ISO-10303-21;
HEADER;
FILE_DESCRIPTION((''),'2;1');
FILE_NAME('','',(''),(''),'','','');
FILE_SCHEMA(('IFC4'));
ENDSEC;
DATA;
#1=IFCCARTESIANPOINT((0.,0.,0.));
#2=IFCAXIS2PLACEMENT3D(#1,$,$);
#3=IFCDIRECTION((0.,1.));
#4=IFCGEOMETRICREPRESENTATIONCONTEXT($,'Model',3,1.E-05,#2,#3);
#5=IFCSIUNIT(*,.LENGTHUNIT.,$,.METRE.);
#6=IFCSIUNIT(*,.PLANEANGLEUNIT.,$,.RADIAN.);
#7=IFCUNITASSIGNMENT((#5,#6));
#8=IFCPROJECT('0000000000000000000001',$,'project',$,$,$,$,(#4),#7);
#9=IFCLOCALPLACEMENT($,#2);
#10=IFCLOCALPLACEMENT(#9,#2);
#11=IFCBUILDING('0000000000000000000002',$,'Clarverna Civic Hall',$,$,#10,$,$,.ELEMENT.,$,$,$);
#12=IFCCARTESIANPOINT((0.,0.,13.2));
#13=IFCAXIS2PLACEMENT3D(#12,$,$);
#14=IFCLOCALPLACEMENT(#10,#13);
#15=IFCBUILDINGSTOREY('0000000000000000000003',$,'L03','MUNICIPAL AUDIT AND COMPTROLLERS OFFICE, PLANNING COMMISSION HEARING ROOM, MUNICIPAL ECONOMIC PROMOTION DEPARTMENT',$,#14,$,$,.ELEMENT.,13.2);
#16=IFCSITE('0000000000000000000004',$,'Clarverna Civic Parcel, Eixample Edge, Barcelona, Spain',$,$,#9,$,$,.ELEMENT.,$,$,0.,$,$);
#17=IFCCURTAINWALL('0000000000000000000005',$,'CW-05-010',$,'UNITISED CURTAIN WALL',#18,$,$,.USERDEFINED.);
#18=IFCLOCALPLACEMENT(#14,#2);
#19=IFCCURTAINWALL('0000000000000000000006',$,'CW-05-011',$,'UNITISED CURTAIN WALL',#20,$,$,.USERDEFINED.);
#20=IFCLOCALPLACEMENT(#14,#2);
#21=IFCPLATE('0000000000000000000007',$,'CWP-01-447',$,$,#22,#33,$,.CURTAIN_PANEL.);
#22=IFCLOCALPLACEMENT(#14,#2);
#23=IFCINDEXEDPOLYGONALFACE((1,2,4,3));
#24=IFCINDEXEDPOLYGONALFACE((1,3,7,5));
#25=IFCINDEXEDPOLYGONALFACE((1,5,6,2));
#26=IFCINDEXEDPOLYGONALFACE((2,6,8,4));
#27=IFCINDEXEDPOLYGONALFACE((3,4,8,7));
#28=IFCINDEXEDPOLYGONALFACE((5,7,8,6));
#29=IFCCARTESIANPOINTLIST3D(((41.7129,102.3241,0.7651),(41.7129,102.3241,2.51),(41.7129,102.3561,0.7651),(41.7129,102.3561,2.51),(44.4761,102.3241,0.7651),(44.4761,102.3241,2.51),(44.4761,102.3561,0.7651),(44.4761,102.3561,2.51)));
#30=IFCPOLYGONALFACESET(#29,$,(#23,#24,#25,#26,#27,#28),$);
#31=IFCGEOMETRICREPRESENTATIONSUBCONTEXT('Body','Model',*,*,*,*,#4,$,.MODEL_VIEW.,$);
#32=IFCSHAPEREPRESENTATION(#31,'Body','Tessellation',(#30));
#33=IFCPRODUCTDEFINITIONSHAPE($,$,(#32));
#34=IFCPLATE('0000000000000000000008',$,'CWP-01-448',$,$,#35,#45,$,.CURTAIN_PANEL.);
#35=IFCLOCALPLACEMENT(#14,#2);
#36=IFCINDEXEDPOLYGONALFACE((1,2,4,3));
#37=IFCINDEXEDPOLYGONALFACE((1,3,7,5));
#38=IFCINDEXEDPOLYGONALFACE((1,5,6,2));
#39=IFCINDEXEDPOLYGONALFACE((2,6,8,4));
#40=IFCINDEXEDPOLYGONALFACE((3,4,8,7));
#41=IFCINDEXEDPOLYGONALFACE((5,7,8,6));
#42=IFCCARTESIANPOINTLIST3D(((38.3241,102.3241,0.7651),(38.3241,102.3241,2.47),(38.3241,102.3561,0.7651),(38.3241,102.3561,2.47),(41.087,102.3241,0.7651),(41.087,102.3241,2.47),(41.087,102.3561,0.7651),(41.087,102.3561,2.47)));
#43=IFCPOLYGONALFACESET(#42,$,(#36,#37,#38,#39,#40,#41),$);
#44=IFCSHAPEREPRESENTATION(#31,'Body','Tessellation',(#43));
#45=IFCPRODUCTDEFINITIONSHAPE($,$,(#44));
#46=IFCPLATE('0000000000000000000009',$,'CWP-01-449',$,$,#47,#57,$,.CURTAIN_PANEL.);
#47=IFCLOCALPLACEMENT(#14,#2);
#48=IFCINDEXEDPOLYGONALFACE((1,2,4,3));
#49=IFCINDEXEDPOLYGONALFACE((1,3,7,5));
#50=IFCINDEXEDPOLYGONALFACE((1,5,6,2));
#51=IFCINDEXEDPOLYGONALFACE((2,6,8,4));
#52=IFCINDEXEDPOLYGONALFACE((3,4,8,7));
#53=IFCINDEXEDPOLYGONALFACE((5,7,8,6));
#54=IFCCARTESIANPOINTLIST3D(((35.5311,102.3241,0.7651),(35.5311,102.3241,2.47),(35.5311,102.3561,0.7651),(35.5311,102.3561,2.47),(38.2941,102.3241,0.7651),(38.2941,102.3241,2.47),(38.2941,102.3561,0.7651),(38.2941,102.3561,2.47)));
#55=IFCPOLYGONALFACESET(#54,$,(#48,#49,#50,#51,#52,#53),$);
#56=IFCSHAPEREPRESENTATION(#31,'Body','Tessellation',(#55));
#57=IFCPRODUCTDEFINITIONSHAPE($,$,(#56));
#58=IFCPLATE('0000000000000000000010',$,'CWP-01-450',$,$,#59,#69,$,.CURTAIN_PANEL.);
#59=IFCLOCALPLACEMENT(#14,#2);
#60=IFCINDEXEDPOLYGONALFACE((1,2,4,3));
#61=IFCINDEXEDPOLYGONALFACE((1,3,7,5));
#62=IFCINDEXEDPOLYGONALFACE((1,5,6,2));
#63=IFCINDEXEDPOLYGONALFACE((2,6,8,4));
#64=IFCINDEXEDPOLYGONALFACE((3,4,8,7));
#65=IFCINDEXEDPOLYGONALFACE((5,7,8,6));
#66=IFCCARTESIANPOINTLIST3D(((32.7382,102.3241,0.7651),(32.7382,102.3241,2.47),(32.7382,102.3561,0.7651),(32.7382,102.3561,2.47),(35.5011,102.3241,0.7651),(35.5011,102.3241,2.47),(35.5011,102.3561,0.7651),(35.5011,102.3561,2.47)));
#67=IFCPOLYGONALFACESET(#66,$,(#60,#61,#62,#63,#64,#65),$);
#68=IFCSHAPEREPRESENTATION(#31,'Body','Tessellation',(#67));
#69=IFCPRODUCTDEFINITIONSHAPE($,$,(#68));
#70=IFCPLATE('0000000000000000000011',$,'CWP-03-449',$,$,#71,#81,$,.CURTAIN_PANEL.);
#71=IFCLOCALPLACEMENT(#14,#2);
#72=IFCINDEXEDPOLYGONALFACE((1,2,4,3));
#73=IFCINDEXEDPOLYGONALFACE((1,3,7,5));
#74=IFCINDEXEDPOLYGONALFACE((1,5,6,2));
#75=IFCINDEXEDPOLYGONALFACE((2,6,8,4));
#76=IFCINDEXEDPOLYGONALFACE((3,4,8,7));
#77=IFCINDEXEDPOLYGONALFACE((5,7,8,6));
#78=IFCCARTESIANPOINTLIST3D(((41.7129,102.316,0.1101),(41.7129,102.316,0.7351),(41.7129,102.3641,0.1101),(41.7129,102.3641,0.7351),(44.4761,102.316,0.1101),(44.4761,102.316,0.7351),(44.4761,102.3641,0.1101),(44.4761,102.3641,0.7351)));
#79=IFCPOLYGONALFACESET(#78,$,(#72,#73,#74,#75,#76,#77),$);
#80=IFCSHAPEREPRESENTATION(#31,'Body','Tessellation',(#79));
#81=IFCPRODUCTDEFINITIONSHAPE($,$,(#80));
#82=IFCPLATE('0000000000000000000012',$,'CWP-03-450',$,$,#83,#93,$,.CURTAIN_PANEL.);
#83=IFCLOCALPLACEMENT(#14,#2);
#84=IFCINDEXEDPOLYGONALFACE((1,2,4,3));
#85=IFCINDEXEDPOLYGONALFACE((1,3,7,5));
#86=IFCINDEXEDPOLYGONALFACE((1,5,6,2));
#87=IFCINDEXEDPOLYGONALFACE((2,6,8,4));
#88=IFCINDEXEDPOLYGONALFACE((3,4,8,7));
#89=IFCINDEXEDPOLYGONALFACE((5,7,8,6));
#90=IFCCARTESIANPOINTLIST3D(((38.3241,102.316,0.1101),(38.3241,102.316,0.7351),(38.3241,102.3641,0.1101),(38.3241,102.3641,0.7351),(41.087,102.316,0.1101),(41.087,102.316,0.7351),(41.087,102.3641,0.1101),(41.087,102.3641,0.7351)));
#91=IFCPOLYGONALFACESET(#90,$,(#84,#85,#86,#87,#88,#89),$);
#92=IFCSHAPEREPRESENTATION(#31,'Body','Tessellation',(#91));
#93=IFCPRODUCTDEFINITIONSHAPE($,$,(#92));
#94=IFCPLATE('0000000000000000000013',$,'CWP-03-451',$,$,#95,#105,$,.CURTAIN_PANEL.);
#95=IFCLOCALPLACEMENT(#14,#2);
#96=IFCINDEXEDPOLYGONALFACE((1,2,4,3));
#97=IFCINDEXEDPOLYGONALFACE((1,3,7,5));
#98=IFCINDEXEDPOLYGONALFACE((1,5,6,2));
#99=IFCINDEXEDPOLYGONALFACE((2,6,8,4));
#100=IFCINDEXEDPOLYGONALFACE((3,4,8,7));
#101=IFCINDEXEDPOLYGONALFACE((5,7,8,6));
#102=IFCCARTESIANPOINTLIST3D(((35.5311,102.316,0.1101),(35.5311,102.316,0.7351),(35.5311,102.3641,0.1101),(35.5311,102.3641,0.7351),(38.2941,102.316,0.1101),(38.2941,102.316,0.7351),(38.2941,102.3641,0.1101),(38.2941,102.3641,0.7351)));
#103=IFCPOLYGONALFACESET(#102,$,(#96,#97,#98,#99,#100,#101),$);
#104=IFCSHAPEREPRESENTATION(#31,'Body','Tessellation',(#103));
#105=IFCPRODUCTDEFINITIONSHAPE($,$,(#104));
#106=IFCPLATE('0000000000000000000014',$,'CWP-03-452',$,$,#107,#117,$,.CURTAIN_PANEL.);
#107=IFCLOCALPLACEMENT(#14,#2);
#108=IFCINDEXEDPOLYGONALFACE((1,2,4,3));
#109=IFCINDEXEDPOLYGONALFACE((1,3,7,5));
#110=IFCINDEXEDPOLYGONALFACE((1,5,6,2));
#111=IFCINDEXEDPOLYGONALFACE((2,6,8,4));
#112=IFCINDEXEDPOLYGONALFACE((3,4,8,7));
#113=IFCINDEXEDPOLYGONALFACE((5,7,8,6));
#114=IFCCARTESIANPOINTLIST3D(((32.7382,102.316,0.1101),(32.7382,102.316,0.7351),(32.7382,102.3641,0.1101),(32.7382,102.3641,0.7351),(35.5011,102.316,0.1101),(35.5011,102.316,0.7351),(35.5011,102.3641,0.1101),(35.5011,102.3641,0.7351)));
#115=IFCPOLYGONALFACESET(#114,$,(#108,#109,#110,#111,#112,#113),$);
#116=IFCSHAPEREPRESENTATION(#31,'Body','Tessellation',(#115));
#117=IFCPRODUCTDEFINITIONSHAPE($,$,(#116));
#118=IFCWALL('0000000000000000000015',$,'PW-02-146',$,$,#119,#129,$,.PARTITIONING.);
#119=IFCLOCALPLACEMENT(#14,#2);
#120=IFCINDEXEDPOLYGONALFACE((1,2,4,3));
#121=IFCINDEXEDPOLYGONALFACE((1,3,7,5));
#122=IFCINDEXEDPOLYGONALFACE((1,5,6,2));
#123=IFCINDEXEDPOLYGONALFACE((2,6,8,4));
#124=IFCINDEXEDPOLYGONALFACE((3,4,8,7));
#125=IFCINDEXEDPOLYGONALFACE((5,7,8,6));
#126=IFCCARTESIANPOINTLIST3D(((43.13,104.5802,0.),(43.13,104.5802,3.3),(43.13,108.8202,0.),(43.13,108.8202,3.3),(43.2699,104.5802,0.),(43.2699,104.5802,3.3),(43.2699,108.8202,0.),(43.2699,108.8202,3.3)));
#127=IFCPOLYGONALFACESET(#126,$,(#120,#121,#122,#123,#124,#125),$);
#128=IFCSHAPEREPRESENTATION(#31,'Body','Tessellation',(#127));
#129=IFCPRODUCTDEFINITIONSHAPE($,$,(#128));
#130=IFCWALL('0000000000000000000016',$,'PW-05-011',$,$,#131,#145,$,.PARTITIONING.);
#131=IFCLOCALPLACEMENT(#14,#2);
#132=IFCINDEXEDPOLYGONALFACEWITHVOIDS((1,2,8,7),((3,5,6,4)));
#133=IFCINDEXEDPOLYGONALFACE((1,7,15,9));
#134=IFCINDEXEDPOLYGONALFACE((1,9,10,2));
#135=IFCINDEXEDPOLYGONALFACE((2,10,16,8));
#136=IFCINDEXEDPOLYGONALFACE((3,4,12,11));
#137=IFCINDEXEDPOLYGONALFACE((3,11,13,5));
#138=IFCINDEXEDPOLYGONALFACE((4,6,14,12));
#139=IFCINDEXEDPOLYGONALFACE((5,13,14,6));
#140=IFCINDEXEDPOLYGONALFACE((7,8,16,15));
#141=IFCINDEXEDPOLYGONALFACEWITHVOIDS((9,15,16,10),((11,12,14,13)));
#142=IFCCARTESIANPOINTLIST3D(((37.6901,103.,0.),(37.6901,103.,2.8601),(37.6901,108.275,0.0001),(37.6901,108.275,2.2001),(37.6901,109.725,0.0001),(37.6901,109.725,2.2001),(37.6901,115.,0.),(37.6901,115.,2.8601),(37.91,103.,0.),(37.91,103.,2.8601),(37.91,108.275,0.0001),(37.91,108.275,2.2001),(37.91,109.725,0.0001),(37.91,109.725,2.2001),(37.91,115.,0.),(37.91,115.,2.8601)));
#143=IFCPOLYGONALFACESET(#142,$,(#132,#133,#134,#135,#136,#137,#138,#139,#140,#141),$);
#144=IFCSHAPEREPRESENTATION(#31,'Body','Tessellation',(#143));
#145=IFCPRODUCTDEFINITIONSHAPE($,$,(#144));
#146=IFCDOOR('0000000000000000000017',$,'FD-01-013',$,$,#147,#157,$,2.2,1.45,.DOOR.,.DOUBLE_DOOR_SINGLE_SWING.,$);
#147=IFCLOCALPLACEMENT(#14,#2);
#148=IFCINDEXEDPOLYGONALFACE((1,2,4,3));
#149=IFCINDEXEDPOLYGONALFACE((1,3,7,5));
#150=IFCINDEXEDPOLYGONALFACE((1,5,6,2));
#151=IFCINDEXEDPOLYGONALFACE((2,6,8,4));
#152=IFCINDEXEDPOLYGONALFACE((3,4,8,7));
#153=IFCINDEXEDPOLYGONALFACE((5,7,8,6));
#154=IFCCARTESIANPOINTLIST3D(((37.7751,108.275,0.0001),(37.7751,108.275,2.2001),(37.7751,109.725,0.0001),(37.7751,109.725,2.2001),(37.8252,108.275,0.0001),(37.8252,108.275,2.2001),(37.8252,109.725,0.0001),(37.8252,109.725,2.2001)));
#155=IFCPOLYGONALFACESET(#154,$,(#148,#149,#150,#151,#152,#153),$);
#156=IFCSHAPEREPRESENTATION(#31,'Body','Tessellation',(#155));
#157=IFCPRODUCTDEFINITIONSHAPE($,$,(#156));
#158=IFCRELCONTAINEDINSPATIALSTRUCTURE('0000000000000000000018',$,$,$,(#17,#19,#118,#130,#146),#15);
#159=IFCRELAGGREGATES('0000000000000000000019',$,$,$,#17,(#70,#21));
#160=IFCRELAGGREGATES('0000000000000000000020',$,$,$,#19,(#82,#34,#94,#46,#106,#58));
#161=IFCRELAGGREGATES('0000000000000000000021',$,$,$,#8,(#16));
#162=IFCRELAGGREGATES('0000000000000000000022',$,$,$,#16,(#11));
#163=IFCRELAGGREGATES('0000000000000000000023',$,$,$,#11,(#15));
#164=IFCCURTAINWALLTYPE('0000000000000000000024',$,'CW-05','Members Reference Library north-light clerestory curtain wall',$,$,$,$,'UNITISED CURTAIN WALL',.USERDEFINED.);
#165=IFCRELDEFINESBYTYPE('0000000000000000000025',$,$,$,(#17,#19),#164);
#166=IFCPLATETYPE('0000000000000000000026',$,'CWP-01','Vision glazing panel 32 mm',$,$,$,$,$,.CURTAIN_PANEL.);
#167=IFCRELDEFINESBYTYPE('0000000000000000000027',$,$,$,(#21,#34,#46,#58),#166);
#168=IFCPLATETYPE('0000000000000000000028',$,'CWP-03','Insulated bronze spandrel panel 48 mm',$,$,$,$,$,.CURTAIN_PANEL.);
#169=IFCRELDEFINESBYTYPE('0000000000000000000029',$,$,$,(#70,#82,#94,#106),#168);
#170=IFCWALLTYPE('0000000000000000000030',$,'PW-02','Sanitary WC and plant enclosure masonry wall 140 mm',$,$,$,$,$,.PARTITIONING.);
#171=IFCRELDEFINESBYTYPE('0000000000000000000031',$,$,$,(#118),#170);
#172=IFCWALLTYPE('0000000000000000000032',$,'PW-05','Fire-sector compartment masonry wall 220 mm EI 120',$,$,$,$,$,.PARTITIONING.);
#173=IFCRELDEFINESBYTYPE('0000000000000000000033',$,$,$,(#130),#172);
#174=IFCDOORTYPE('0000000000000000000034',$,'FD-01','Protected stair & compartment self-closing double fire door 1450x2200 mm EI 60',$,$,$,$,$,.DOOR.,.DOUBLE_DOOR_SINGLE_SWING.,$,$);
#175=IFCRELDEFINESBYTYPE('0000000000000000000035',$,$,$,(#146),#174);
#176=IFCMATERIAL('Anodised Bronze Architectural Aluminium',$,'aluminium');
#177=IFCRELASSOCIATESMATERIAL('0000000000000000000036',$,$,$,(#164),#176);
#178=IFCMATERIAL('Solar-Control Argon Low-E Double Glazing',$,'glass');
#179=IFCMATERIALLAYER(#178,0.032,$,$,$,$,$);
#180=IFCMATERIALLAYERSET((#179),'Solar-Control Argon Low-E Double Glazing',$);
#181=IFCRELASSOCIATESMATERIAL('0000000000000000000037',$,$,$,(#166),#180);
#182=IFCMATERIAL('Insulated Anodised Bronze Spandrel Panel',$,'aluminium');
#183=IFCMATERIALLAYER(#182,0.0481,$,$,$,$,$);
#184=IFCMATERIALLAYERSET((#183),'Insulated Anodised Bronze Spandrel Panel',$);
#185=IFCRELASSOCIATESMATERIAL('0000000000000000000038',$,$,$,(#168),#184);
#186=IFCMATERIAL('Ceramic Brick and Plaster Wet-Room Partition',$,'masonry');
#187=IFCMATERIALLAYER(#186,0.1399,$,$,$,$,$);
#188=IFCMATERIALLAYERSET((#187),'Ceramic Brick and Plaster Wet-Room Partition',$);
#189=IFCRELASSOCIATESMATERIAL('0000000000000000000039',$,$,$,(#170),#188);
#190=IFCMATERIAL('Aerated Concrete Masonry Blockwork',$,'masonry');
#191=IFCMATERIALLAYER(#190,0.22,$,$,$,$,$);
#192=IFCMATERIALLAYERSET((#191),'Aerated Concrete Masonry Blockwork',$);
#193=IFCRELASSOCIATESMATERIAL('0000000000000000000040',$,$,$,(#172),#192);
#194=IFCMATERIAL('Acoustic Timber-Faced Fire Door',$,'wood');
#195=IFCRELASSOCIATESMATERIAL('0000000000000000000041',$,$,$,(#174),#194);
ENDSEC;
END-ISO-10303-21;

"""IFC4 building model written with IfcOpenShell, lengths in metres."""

from ifc_helpers import new_model, si_unit, direction, frame, frame_2d, origin, place, context, subcontext, project, spatial, rectangle, extrude, material, layer, layer_set, type_object, element, fill, aggregate, save


model = new_model("IFC4")

# Units and contexts
model_context = context("Model", 3, precision=1e-05, world=origin(), true_north=direction((0.0, 1.0)))
body_context = subcontext(model_context, "Body", "Model", "MODEL_VIEW")
ifc_project = project(units=[si_unit("LENGTHUNIT", "METRE"), si_unit("PLANEANGLEUNIT", "RADIAN")], contexts=[model_context])

# Site, building, storey
site_placement = place(None, origin())
site = spatial("IfcSite", under=ifc_project, at=site_placement, Name="Clarverna Civic Parcel, Eixample Edge, Barcelona, Spain", CompositionType="ELEMENT", RefElevation=0.0)
building_placement = place(site_placement, origin())
building = spatial("IfcBuilding", under=site, at=building_placement, Name="Clarverna Civic Hall", CompositionType="ELEMENT")
storey_placement = place(building_placement, frame((0.0, 0.0, 13.2)))
storey = spatial("IfcBuildingStorey", under=building, at=storey_placement, Name="L03", Description="MUNICIPAL AUDIT AND COMPTROLLERS OFFICE, PLANNING COMMISSION HEARING ROOM, MUNICIPAL ECONOMIC PROMOTION DEPARTMENT", CompositionType="ELEMENT", Elevation=13.2)

# Curtain walls
ifc_material_1 = material(Name="Anodised Bronze Architectural Aluminium", Category="aluminium")
curtain_wall_type = type_object("IfcCurtainWallType", Name="CW-05", Description="Members Reference Library north-light clerestory curtain wall", ElementType="UNITISED CURTAIN WALL", PredefinedType="USERDEFINED", material=ifc_material_1)
curtain_wall_1_placement = place(storey_placement, origin())
curtain_wall_1 = element("IfcCurtainWall", 1, at=curtain_wall_1_placement, inside=storey, type_object=curtain_wall_type, Name="CW-05-010", ObjectType="UNITISED CURTAIN WALL", PredefinedType="USERDEFINED")
curtain_wall_2_placement = place(storey_placement, origin())
curtain_wall_2 = element("IfcCurtainWall", 2, at=curtain_wall_2_placement, inside=storey, type_object=curtain_wall_type, Name="CW-05-011", ObjectType="UNITISED CURTAIN WALL", PredefinedType="USERDEFINED")

# Plates
ifc_material_2 = material(Name="Solar-Control Argon Low-E Double Glazing", Category="glass")
ifc_layer_1 = layer(ifc_material_2, 0.032)
ifc_layer_set_1 = layer_set([ifc_layer_1], Name="Solar-Control Argon Low-E Double Glazing")
plate_type_1 = type_object("IfcPlateType", Name="CWP-01", Description="Vision glazing panel 32 mm", PredefinedType="CURTAIN_PANEL", material=ifc_layer_set_1)
plate_1_placement = place(storey_placement, frame((44.4761, 102.3401, 0.7651), z_axis=(0.0, 0.0, 1.0), x_axis=(-1.0, 0.0, 0.0)))
plate_1 = element("IfcPlate", 3, at=plate_1_placement, type_object=plate_type_1, Name="CWP-01-447", PredefinedType="CURTAIN_PANEL", context=body_context, shape_type="SweptSolid", body=[
    extrude(rectangle(XDim=2.7632, YDim=0.032, at=frame_2d((1.3816, 0.0))), origin(), (0.0, 0.0, 1.0), 1.7449),
])
plate_2_placement = place(storey_placement, frame((41.0869, 102.3401, 0.7651), z_axis=(0.0, 0.0, 1.0), x_axis=(-1.0, 0.0, 0.0)))
plate_2 = element("IfcPlate", 4, at=plate_2_placement, type_object=plate_type_1, Name="CWP-01-448", PredefinedType="CURTAIN_PANEL", context=body_context, shape_type="SweptSolid", body=[
    extrude(rectangle(XDim=2.7629, YDim=0.032, at=frame_2d((1.3813, 0.0))), origin(), (0.0, 0.0, 1.0), 1.7048),
])
plate_3_placement = place(storey_placement, frame((38.2939, 102.3401, 0.7651), z_axis=(0.0, 0.0, 1.0), x_axis=(-1.0, 0.0, 0.0)))
plate_3 = element("IfcPlate", 5, at=plate_3_placement, type_object=plate_type_1, Name="CWP-01-449", PredefinedType="CURTAIN_PANEL", context=body_context, shape_type="SweptSolid", body=[
    extrude(rectangle(XDim=2.7629, YDim=0.032, at=frame_2d((1.3813, 0.0))), origin(), (0.0, 0.0, 1.0), 1.7048),
])
plate_4_placement = place(storey_placement, frame((35.501, 102.3401, 0.7651), z_axis=(0.0, 0.0, 1.0), x_axis=(-1.0, 0.0, 0.0)))
plate_4 = element("IfcPlate", 6, at=plate_4_placement, type_object=plate_type_1, Name="CWP-01-450", PredefinedType="CURTAIN_PANEL", context=body_context, shape_type="SweptSolid", body=[
    extrude(rectangle(XDim=2.7629, YDim=0.032, at=frame_2d((1.3813, 0.0))), origin(), (0.0, 0.0, 1.0), 1.7048),
])
ifc_material_3 = material(Name="Insulated Anodised Bronze Spandrel Panel", Category="aluminium")
ifc_layer_2 = layer(ifc_material_3, 0.0481)
ifc_layer_set_2 = layer_set([ifc_layer_2], Name="Insulated Anodised Bronze Spandrel Panel")
plate_type_2 = type_object("IfcPlateType", Name="CWP-03", Description="Insulated bronze spandrel panel 48 mm", PredefinedType="CURTAIN_PANEL", material=ifc_layer_set_2)
plate_5_placement = place(storey_placement, frame((44.4761, 102.3401, 0.1101), z_axis=(0.0, 0.0, 1.0), x_axis=(-1.0, 0.0, 0.0)))
plate_5 = element("IfcPlate", 7, at=plate_5_placement, type_object=plate_type_2, Name="CWP-03-449", PredefinedType="CURTAIN_PANEL", context=body_context, shape_type="SweptSolid", body=[
    extrude(rectangle(XDim=2.7632, YDim=0.0481, at=frame_2d((1.3816, 0.0))), origin(), (0.0, 0.0, 1.0), 0.625),
])
aggregate(curtain_wall_1, [plate_5, plate_1])
plate_6_placement = place(storey_placement, frame((41.0869, 102.3401, 0.1101), z_axis=(0.0, 0.0, 1.0), x_axis=(-1.0, 0.0, 0.0)))
plate_6 = element("IfcPlate", 8, at=plate_6_placement, type_object=plate_type_2, Name="CWP-03-450", PredefinedType="CURTAIN_PANEL", context=body_context, shape_type="SweptSolid", body=[
    extrude(rectangle(XDim=2.7629, YDim=0.0481, at=frame_2d((1.3813, 0.0))), origin(), (0.0, 0.0, 1.0), 0.625),
])
plate_7_placement = place(storey_placement, frame((38.2939, 102.3401, 0.1101), z_axis=(0.0, 0.0, 1.0), x_axis=(-1.0, 0.0, 0.0)))
plate_7 = element("IfcPlate", 9, at=plate_7_placement, type_object=plate_type_2, Name="CWP-03-451", PredefinedType="CURTAIN_PANEL", context=body_context, shape_type="SweptSolid", body=[
    extrude(rectangle(XDim=2.7629, YDim=0.0481, at=frame_2d((1.3813, 0.0))), origin(), (0.0, 0.0, 1.0), 0.625),
])
plate_8_placement = place(storey_placement, frame((35.501, 102.3401, 0.1101), z_axis=(0.0, 0.0, 1.0), x_axis=(-1.0, 0.0, 0.0)))
plate_8 = element("IfcPlate", 10, at=plate_8_placement, type_object=plate_type_2, Name="CWP-03-452", PredefinedType="CURTAIN_PANEL", context=body_context, shape_type="SweptSolid", body=[
    extrude(rectangle(XDim=2.7629, YDim=0.0481, at=frame_2d((1.3813, 0.0))), origin(), (0.0, 0.0, 1.0), 0.625),
])
aggregate(curtain_wall_2, [plate_6, plate_2, plate_7, plate_3, plate_8, plate_4])

# Wall
ifc_material_4 = material(Name="Ceramic Brick and Plaster Wet-Room Partition", Category="masonry")
ifc_layer_3 = layer(ifc_material_4, 0.1399)
ifc_layer_set_3 = layer_set([ifc_layer_3], Name="Ceramic Brick and Plaster Wet-Room Partition")
wall_type_1 = type_object("IfcWallType", Name="PW-02", Description="Sanitary WC and plant enclosure masonry wall 140 mm", PredefinedType="PARTITIONING", material=ifc_layer_set_3)
wall_1_placement = place(storey_placement, frame((43.2, 104.5801, 0.0), z_axis=(0.0, 0.0, 1.0), x_axis=(0.0, 1.0, 0.0)))
element("IfcWall", 11, at=wall_1_placement, inside=storey, type_object=wall_type_1, Name="PW-02-146", PredefinedType="PARTITIONING", context=body_context, shape_type="SweptSolid", body=[
    extrude(rectangle(XDim=4.24, YDim=0.1399, at=frame_2d((2.1201, 0.0))), origin(), (0.0, 0.0, 1.0), 3.3),
])

# Wall, opening, door
ifc_material_5 = material(Name="Aerated Concrete Masonry Blockwork", Category="masonry")
ifc_layer_4 = layer(ifc_material_5, 0.22)
ifc_layer_set_4 = layer_set([ifc_layer_4], Name="Aerated Concrete Masonry Blockwork")
wall_type_2 = type_object("IfcWallType", Name="PW-05", Description="Fire-sector compartment masonry wall 220 mm EI 120", PredefinedType="PARTITIONING", material=ifc_layer_set_4)
wall_2_placement = place(storey_placement, frame((37.8, 103.0, 0.0), z_axis=(0.0, 0.0, 1.0), x_axis=(0.0, 1.0, 0.0)))
wall_2 = element("IfcWall", 12, at=wall_2_placement, inside=storey, type_object=wall_type_2, Name="PW-05-011", PredefinedType="PARTITIONING", context=body_context, shape_type="SweptSolid", body=[
    extrude(rectangle(XDim=12.0, YDim=0.22, at=frame_2d((6.0, 0.0))), origin(), (0.0, 0.0, 1.0), 2.8601),
])
opening_1_placement = place(wall_2_placement, frame((5.2749, 0.0, 0.0)))
opening_1 = element("IfcOpeningElement", 13, at=opening_1_placement, cuts=wall_2, PredefinedType="OPENING", context=body_context, shape_type="SweptSolid", body=[
    extrude(rectangle(XDim=1.45, YDim=2.2, at=frame_2d((0.7251, 1.1001))), frame((0.0, 0.1199, 0.0), z_axis=(0.0, -1.0, 0.0), x_axis=(1.0, 0.0, 0.0)), (0.0, 0.0, 1.0), 0.24),
])
ifc_material_6 = material(Name="Acoustic Timber-Faced Fire Door", Category="wood")
door_type_1 = type_object("IfcDoorType", Name="FD-01", Description="Protected stair & compartment self-closing double fire door 1450x2200 mm EI 60", OperationType="DOUBLE_DOOR_SINGLE_SWING", PredefinedType="DOOR", material=ifc_material_6)
door_1_placement = place(opening_1_placement, origin())
door_1 = element("IfcDoor", 14, at=door_1_placement, inside=storey, type_object=door_type_1, Name="FD-01-013", OperationType="DOUBLE_DOOR_SINGLE_SWING", OverallHeight=2.2, OverallWidth=1.45, PredefinedType="DOOR", context=body_context, shape_type="SweptSolid", body=[
    extrude(rectangle(XDim=1.45, YDim=2.2, at=frame_2d((0.7251, 1.1001))), frame((0.0, 0.0249, 0.0), z_axis=(0.0, -1.0, 0.0), x_axis=(1.0, 0.0, 0.0)), (0.0, 0.0, 1.0), 0.05),
])
fill(opening_1, door_1)

save(model, "model.ifc")
